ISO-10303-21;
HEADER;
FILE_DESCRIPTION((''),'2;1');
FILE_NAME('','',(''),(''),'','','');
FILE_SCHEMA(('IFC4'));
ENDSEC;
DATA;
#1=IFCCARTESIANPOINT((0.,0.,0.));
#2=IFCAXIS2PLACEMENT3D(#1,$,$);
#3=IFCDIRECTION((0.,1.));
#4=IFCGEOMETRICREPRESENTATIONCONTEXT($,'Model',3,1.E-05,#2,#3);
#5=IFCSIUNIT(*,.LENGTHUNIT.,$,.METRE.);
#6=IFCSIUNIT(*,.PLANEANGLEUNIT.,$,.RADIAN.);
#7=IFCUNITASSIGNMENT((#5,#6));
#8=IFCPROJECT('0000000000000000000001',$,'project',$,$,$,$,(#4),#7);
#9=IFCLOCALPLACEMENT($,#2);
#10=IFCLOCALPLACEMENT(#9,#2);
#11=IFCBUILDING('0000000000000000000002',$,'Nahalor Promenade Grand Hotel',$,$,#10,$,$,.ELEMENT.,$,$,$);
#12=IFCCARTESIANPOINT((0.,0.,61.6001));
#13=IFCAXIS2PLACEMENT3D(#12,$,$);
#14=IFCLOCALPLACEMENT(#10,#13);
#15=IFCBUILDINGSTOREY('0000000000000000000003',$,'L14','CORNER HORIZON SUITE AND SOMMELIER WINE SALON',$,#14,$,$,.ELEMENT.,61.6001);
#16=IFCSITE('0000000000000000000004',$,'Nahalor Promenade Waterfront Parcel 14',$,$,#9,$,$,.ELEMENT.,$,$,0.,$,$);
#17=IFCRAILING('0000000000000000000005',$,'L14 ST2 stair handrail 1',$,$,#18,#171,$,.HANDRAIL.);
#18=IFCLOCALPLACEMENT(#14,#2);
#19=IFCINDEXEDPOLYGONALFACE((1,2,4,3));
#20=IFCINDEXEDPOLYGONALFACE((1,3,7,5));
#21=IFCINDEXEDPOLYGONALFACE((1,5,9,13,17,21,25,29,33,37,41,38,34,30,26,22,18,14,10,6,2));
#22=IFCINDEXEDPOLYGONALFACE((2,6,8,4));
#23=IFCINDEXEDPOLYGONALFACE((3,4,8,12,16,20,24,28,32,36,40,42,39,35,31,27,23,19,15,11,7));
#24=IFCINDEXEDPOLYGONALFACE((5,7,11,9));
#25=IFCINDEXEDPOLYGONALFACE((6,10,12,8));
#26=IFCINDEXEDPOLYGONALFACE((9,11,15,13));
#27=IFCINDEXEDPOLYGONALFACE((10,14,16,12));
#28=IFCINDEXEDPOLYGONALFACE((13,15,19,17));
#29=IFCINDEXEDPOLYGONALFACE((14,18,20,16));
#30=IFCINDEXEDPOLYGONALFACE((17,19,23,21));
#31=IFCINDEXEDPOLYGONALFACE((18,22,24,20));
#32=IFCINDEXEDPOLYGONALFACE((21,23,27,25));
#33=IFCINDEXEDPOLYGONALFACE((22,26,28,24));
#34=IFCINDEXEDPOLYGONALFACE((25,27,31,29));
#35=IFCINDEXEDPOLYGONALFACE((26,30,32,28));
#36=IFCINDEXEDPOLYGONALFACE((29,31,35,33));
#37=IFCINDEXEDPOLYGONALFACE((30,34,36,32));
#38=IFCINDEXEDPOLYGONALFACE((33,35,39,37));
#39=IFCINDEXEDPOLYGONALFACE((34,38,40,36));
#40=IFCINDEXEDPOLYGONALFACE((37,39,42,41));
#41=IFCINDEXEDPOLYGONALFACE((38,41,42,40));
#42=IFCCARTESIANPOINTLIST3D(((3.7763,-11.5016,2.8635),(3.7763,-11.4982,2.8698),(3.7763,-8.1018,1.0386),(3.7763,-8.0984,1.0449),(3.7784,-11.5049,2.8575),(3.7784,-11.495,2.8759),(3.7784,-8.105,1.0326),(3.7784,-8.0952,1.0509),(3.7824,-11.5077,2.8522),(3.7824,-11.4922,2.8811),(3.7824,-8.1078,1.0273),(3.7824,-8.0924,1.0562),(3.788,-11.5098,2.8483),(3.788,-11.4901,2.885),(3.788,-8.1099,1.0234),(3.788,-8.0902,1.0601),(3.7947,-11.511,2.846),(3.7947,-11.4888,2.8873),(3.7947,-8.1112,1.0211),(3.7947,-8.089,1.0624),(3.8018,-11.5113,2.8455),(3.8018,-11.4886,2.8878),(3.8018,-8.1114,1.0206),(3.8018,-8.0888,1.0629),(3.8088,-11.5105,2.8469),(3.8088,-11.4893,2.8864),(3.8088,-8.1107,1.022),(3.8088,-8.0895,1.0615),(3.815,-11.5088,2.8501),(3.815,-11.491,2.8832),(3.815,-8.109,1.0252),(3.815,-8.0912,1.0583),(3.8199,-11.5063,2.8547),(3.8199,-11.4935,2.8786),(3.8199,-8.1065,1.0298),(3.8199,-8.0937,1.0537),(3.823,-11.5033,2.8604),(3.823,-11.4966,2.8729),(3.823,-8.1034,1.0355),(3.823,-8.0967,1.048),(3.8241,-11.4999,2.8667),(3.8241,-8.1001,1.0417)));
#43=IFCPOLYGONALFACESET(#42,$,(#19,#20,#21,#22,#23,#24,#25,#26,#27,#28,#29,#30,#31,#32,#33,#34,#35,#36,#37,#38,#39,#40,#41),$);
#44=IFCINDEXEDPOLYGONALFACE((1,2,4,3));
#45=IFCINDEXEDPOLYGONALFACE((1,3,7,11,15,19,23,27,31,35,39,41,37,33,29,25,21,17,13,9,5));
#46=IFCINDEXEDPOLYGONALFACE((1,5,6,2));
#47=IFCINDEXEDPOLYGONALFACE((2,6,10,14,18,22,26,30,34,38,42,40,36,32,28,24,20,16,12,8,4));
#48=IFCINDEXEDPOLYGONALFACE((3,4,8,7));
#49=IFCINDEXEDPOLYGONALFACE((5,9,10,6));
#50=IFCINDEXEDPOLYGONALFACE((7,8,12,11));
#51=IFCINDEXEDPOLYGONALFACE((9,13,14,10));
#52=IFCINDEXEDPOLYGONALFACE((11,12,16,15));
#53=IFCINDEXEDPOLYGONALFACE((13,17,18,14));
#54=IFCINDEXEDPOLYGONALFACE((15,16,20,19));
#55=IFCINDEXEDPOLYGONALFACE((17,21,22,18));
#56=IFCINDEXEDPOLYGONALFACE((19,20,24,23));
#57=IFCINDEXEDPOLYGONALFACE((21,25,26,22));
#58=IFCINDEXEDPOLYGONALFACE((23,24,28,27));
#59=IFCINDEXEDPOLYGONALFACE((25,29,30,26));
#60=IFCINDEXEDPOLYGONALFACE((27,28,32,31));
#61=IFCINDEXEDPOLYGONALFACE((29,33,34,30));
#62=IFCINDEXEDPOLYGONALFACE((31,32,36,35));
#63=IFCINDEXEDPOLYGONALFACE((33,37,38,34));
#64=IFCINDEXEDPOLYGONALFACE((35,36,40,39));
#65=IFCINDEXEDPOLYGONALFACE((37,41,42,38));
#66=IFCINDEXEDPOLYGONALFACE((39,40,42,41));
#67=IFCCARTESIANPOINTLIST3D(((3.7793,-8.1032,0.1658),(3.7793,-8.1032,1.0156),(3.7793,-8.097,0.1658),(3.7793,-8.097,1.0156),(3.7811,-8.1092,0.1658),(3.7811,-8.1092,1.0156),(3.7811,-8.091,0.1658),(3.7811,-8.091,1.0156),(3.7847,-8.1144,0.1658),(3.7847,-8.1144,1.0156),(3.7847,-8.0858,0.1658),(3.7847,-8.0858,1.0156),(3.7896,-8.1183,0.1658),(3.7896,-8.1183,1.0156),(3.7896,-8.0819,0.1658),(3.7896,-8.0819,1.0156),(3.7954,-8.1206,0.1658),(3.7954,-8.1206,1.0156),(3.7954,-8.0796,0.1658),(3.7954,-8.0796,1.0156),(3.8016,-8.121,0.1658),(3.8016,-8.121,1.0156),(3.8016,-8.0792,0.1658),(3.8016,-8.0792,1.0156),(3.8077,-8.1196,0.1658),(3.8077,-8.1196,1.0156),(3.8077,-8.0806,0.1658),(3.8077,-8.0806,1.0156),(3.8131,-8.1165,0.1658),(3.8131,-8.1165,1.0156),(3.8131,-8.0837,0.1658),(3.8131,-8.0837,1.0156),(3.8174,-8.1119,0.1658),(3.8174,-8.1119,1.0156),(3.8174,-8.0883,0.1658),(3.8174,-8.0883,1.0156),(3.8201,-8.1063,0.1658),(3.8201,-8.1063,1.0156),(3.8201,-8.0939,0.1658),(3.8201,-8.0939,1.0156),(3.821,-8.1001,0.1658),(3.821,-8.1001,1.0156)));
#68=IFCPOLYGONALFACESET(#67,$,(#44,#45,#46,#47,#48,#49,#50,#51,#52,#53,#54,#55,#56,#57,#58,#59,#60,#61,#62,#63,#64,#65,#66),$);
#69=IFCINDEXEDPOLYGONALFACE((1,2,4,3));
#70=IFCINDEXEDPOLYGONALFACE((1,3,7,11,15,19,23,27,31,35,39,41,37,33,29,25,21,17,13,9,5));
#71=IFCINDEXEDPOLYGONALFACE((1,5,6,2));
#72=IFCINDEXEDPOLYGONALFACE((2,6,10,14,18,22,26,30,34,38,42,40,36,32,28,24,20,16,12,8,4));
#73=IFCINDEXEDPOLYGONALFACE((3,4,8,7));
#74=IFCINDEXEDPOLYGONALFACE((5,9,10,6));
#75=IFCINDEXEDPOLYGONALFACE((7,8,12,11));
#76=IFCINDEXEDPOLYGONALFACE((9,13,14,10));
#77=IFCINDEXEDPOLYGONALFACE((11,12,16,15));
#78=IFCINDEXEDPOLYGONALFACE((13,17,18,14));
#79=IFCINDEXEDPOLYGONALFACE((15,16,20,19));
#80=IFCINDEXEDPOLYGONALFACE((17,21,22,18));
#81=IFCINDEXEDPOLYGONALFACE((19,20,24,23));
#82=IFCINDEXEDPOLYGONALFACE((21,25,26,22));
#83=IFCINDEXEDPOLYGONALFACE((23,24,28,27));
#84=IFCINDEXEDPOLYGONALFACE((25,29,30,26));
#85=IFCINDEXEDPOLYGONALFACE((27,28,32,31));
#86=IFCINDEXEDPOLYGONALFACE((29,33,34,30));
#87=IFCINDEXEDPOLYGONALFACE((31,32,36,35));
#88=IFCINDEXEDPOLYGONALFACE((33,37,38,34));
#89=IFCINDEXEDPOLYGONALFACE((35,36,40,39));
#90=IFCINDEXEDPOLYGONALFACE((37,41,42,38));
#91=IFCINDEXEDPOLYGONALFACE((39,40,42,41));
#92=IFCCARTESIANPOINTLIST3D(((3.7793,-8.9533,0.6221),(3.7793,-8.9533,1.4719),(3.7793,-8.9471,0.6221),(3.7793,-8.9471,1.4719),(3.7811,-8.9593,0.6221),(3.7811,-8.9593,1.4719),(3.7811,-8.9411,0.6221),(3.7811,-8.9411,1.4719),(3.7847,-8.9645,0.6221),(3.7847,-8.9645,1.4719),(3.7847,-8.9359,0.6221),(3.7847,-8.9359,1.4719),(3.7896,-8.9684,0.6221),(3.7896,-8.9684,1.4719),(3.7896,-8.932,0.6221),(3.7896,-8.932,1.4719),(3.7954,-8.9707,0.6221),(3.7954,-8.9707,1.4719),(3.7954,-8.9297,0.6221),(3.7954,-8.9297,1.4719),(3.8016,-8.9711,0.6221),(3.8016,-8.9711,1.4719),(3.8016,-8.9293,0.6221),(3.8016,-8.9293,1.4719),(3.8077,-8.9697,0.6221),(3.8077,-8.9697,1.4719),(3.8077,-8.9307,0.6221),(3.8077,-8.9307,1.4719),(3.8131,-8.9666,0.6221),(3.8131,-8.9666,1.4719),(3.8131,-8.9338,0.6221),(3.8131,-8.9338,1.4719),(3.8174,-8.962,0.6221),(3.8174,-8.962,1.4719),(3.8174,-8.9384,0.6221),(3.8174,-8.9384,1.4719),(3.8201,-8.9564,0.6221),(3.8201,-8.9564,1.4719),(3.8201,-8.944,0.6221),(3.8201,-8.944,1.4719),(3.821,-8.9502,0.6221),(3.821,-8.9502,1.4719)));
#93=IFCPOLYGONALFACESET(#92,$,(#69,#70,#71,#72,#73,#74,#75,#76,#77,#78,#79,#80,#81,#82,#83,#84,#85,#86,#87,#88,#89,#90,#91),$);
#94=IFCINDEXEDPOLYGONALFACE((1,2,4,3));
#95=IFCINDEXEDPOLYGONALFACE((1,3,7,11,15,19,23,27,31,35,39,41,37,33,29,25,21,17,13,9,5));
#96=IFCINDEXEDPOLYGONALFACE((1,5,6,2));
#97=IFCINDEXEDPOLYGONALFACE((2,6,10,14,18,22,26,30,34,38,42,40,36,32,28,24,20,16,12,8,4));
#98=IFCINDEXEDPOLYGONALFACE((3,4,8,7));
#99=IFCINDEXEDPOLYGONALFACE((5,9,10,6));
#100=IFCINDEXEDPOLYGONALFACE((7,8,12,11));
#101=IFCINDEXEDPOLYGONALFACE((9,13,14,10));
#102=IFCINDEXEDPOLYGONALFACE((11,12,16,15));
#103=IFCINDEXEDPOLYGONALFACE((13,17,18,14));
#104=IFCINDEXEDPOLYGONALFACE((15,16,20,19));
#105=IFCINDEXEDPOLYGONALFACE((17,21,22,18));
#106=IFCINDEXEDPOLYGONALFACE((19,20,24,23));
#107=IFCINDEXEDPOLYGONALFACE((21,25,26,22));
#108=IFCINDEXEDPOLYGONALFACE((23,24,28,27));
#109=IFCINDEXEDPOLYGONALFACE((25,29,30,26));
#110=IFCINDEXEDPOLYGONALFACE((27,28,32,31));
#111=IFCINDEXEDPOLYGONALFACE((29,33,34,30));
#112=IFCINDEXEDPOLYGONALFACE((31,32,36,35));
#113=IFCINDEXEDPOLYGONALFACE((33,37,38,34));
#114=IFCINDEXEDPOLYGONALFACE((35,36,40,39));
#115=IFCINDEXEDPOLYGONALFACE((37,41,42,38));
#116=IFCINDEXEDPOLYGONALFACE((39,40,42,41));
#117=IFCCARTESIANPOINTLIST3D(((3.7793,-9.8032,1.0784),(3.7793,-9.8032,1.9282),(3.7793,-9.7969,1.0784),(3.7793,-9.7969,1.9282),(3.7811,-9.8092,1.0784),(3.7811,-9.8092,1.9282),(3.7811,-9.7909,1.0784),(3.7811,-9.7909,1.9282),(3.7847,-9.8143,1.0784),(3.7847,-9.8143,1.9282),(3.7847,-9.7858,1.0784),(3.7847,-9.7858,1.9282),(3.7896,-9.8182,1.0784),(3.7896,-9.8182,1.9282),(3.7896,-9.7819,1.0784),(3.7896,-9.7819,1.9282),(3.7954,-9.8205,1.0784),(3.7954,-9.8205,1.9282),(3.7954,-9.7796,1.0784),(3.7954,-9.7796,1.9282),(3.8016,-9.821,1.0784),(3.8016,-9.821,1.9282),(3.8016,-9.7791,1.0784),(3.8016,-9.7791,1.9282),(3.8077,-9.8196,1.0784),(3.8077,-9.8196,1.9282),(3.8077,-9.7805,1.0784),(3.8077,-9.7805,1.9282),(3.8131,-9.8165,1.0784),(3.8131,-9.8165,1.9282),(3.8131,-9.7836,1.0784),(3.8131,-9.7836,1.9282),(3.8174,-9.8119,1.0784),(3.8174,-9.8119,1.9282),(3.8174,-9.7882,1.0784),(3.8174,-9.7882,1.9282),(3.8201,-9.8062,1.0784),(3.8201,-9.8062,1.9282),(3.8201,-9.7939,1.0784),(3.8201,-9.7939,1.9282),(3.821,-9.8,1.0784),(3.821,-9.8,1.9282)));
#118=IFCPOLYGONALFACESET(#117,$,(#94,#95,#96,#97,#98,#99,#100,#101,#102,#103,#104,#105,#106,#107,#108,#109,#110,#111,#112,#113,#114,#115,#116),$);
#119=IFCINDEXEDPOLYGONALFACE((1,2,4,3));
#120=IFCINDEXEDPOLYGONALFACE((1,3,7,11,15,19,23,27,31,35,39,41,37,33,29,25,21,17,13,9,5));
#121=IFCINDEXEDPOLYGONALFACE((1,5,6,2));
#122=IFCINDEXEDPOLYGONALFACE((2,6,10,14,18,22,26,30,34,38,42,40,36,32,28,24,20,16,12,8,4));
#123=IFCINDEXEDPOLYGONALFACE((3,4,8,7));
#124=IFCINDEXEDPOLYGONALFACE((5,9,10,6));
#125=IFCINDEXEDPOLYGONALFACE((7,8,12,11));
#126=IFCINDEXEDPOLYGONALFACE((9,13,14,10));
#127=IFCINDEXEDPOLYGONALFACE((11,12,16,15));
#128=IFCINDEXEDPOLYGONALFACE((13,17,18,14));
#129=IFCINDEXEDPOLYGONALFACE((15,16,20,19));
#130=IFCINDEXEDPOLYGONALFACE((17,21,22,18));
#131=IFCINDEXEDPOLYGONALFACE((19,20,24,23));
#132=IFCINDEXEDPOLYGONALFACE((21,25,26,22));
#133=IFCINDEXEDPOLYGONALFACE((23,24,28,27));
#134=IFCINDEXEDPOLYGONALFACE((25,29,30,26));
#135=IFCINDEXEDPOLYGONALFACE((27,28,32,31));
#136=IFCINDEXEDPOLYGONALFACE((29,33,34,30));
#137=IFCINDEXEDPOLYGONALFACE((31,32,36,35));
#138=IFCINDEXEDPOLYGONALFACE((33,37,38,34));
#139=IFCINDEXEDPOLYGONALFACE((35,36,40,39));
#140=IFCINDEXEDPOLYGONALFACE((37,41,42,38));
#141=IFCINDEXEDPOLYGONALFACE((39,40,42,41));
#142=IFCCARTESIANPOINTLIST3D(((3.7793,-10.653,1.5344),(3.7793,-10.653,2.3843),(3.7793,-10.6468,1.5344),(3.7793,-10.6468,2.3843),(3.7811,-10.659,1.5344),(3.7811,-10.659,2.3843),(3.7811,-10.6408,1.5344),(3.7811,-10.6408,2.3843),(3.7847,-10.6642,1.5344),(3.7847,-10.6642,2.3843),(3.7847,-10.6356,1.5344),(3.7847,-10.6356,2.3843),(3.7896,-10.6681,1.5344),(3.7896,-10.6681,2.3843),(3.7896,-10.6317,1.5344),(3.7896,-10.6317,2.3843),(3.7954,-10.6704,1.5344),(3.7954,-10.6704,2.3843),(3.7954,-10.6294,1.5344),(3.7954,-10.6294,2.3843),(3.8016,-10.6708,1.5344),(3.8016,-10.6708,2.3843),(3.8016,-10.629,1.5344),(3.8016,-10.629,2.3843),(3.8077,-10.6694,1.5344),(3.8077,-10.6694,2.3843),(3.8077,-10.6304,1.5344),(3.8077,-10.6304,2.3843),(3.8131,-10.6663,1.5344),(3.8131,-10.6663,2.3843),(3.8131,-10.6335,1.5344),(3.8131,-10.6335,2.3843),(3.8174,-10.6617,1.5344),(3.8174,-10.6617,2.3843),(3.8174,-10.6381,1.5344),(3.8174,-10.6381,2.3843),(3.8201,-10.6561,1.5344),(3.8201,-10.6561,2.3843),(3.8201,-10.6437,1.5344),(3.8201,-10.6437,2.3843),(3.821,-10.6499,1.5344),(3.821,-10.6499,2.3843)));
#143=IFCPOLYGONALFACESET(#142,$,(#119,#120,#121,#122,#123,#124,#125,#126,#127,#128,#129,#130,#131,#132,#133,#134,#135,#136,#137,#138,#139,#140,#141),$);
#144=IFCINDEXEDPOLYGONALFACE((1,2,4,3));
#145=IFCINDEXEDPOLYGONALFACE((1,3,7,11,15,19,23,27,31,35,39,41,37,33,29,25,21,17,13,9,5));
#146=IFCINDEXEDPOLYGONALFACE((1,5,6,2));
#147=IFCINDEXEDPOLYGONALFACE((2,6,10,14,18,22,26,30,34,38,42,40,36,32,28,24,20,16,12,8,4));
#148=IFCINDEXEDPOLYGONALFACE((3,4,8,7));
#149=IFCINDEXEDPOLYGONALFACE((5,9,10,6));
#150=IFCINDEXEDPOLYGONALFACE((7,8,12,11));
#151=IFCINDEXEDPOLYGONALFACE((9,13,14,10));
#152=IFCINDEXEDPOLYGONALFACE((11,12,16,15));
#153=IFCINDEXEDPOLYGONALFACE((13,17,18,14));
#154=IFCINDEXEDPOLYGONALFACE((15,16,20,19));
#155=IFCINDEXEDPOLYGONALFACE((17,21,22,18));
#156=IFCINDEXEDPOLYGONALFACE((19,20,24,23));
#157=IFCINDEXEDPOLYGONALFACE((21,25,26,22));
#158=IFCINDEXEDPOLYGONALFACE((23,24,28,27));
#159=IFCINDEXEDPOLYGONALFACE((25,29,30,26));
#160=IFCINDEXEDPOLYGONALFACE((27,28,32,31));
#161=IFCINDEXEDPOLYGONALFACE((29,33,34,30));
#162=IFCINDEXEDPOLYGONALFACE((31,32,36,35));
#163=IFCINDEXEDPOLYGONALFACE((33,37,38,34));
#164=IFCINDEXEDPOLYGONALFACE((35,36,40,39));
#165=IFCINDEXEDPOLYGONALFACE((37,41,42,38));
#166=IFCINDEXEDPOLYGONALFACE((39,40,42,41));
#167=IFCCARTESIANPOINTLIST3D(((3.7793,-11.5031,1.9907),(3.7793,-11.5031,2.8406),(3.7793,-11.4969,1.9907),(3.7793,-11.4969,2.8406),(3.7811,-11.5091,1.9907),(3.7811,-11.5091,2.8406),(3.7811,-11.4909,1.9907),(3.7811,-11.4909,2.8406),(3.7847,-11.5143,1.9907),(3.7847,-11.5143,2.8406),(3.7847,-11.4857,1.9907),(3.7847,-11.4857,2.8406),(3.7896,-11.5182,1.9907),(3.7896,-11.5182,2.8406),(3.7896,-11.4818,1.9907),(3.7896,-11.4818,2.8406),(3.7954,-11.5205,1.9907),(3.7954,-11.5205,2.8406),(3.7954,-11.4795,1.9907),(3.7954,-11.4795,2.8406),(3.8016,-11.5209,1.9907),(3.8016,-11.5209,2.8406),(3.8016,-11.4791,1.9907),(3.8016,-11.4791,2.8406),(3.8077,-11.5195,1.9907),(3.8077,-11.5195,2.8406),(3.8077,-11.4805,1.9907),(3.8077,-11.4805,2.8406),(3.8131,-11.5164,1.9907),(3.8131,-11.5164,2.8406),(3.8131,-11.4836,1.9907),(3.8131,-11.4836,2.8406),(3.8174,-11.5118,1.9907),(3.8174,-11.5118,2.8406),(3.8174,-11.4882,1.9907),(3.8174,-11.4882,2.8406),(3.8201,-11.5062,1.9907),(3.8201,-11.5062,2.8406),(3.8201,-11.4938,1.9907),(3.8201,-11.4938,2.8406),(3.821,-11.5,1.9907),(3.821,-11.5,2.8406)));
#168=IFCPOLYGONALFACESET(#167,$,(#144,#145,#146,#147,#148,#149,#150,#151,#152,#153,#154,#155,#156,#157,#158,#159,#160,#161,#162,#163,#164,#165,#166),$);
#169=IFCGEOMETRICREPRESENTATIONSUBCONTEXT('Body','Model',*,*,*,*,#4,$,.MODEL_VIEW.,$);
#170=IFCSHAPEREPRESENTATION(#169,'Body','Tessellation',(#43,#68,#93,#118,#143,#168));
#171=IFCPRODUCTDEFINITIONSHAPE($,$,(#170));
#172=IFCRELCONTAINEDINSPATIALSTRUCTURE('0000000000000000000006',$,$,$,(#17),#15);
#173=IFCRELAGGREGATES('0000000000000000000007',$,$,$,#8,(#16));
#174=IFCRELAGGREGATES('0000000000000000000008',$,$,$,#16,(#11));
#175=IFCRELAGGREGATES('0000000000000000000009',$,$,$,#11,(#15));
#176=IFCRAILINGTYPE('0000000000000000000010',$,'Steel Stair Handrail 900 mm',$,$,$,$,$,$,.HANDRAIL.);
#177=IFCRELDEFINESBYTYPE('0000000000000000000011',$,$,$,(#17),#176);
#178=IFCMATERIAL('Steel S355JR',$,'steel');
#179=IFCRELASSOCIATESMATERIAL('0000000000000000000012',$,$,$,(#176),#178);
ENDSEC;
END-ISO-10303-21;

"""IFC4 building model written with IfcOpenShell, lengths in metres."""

from ifc_helpers import new_model, si_unit, direction, frame, origin, origin_2d, place, context, subcontext, project, spatial, circle, extrude, material, type_object, element, save


model = new_model("IFC4")

# Units and contexts
model_context = context("Model", 3, precision=1e-05, world=origin(), true_north=direction((0.0, 1.0)))
body_context = subcontext(model_context, "Body", "Model", "MODEL_VIEW")
ifc_project = project(units=[si_unit("LENGTHUNIT", "METRE"), si_unit("PLANEANGLEUNIT", "RADIAN")], contexts=[model_context])

# Site, building, storey
site_placement = place(None, origin())
site = spatial("IfcSite", under=ifc_project, at=site_placement, Name="Nahalor Promenade Waterfront Parcel 14", CompositionType="ELEMENT", RefElevation=0.0)
building_placement = place(site_placement, origin())
building = spatial("IfcBuilding", under=site, at=building_placement, Name="Nahalor Promenade Grand Hotel", CompositionType="ELEMENT")
storey_placement = place(building_placement, frame((0.0, 0.0, 61.6001)))
storey = spatial("IfcBuildingStorey", under=building, at=storey_placement, Name="L14", Description="CORNER HORIZON SUITE AND SOMMELIER WINE SALON", CompositionType="ELEMENT", Elevation=61.6001)

# Shared definitions
ifc_material_1 = material(Name="Steel S355JR", Category="steel")

# Railing
railing_type_1 = type_object("IfcRailingType", Name="Steel Stair Handrail 900 mm", PredefinedType="HANDRAIL", material=ifc_material_1)
for number, where, name in (
    (1, (3.8, -8.1001, 0.1658), "L14 ST2 stair handrail 1"),
):
    element("IfcRailing", number, at=place(storey_placement, frame(where)), inside=storey, type_object=railing_type_1, Name=name, PredefinedType="HANDRAIL", context=body_context, shape_type="SweptSolid", body=[
        extrude(circle(Radius=0.024, at=origin_2d()), frame((0.0, 0.0, 0.876), z_axis=(0.0, -0.881094, 0.472941), x_axis=(1.0, 0.0, 0.0)), (0.0, 0.0, 1.0), 3.8586),
        extrude(circle(Radius=0.021, at=origin_2d()), origin(), (0.0, 0.0, 1.0), 0.8499),
        extrude(circle(Radius=0.021, at=origin_2d()), frame((0.0, -0.8501, 0.4563)), (0.0, 0.0, 1.0), 0.8499),
        extrude(circle(Radius=0.021, at=origin_2d()), frame((0.0, -1.7, 0.9126)), (0.0, 0.0, 1.0), 0.8499),
        extrude(circle(Radius=0.021, at=origin_2d()), frame((0.0, -2.5498, 1.3687)), (0.0, 0.0, 1.0), 0.8499),
        extrude(circle(Radius=0.021, at=origin_2d()), frame((0.0, -3.3999, 1.825)), (0.0, 0.0, 1.0), 0.8499),
    ])

save(model, "model.ifc")
